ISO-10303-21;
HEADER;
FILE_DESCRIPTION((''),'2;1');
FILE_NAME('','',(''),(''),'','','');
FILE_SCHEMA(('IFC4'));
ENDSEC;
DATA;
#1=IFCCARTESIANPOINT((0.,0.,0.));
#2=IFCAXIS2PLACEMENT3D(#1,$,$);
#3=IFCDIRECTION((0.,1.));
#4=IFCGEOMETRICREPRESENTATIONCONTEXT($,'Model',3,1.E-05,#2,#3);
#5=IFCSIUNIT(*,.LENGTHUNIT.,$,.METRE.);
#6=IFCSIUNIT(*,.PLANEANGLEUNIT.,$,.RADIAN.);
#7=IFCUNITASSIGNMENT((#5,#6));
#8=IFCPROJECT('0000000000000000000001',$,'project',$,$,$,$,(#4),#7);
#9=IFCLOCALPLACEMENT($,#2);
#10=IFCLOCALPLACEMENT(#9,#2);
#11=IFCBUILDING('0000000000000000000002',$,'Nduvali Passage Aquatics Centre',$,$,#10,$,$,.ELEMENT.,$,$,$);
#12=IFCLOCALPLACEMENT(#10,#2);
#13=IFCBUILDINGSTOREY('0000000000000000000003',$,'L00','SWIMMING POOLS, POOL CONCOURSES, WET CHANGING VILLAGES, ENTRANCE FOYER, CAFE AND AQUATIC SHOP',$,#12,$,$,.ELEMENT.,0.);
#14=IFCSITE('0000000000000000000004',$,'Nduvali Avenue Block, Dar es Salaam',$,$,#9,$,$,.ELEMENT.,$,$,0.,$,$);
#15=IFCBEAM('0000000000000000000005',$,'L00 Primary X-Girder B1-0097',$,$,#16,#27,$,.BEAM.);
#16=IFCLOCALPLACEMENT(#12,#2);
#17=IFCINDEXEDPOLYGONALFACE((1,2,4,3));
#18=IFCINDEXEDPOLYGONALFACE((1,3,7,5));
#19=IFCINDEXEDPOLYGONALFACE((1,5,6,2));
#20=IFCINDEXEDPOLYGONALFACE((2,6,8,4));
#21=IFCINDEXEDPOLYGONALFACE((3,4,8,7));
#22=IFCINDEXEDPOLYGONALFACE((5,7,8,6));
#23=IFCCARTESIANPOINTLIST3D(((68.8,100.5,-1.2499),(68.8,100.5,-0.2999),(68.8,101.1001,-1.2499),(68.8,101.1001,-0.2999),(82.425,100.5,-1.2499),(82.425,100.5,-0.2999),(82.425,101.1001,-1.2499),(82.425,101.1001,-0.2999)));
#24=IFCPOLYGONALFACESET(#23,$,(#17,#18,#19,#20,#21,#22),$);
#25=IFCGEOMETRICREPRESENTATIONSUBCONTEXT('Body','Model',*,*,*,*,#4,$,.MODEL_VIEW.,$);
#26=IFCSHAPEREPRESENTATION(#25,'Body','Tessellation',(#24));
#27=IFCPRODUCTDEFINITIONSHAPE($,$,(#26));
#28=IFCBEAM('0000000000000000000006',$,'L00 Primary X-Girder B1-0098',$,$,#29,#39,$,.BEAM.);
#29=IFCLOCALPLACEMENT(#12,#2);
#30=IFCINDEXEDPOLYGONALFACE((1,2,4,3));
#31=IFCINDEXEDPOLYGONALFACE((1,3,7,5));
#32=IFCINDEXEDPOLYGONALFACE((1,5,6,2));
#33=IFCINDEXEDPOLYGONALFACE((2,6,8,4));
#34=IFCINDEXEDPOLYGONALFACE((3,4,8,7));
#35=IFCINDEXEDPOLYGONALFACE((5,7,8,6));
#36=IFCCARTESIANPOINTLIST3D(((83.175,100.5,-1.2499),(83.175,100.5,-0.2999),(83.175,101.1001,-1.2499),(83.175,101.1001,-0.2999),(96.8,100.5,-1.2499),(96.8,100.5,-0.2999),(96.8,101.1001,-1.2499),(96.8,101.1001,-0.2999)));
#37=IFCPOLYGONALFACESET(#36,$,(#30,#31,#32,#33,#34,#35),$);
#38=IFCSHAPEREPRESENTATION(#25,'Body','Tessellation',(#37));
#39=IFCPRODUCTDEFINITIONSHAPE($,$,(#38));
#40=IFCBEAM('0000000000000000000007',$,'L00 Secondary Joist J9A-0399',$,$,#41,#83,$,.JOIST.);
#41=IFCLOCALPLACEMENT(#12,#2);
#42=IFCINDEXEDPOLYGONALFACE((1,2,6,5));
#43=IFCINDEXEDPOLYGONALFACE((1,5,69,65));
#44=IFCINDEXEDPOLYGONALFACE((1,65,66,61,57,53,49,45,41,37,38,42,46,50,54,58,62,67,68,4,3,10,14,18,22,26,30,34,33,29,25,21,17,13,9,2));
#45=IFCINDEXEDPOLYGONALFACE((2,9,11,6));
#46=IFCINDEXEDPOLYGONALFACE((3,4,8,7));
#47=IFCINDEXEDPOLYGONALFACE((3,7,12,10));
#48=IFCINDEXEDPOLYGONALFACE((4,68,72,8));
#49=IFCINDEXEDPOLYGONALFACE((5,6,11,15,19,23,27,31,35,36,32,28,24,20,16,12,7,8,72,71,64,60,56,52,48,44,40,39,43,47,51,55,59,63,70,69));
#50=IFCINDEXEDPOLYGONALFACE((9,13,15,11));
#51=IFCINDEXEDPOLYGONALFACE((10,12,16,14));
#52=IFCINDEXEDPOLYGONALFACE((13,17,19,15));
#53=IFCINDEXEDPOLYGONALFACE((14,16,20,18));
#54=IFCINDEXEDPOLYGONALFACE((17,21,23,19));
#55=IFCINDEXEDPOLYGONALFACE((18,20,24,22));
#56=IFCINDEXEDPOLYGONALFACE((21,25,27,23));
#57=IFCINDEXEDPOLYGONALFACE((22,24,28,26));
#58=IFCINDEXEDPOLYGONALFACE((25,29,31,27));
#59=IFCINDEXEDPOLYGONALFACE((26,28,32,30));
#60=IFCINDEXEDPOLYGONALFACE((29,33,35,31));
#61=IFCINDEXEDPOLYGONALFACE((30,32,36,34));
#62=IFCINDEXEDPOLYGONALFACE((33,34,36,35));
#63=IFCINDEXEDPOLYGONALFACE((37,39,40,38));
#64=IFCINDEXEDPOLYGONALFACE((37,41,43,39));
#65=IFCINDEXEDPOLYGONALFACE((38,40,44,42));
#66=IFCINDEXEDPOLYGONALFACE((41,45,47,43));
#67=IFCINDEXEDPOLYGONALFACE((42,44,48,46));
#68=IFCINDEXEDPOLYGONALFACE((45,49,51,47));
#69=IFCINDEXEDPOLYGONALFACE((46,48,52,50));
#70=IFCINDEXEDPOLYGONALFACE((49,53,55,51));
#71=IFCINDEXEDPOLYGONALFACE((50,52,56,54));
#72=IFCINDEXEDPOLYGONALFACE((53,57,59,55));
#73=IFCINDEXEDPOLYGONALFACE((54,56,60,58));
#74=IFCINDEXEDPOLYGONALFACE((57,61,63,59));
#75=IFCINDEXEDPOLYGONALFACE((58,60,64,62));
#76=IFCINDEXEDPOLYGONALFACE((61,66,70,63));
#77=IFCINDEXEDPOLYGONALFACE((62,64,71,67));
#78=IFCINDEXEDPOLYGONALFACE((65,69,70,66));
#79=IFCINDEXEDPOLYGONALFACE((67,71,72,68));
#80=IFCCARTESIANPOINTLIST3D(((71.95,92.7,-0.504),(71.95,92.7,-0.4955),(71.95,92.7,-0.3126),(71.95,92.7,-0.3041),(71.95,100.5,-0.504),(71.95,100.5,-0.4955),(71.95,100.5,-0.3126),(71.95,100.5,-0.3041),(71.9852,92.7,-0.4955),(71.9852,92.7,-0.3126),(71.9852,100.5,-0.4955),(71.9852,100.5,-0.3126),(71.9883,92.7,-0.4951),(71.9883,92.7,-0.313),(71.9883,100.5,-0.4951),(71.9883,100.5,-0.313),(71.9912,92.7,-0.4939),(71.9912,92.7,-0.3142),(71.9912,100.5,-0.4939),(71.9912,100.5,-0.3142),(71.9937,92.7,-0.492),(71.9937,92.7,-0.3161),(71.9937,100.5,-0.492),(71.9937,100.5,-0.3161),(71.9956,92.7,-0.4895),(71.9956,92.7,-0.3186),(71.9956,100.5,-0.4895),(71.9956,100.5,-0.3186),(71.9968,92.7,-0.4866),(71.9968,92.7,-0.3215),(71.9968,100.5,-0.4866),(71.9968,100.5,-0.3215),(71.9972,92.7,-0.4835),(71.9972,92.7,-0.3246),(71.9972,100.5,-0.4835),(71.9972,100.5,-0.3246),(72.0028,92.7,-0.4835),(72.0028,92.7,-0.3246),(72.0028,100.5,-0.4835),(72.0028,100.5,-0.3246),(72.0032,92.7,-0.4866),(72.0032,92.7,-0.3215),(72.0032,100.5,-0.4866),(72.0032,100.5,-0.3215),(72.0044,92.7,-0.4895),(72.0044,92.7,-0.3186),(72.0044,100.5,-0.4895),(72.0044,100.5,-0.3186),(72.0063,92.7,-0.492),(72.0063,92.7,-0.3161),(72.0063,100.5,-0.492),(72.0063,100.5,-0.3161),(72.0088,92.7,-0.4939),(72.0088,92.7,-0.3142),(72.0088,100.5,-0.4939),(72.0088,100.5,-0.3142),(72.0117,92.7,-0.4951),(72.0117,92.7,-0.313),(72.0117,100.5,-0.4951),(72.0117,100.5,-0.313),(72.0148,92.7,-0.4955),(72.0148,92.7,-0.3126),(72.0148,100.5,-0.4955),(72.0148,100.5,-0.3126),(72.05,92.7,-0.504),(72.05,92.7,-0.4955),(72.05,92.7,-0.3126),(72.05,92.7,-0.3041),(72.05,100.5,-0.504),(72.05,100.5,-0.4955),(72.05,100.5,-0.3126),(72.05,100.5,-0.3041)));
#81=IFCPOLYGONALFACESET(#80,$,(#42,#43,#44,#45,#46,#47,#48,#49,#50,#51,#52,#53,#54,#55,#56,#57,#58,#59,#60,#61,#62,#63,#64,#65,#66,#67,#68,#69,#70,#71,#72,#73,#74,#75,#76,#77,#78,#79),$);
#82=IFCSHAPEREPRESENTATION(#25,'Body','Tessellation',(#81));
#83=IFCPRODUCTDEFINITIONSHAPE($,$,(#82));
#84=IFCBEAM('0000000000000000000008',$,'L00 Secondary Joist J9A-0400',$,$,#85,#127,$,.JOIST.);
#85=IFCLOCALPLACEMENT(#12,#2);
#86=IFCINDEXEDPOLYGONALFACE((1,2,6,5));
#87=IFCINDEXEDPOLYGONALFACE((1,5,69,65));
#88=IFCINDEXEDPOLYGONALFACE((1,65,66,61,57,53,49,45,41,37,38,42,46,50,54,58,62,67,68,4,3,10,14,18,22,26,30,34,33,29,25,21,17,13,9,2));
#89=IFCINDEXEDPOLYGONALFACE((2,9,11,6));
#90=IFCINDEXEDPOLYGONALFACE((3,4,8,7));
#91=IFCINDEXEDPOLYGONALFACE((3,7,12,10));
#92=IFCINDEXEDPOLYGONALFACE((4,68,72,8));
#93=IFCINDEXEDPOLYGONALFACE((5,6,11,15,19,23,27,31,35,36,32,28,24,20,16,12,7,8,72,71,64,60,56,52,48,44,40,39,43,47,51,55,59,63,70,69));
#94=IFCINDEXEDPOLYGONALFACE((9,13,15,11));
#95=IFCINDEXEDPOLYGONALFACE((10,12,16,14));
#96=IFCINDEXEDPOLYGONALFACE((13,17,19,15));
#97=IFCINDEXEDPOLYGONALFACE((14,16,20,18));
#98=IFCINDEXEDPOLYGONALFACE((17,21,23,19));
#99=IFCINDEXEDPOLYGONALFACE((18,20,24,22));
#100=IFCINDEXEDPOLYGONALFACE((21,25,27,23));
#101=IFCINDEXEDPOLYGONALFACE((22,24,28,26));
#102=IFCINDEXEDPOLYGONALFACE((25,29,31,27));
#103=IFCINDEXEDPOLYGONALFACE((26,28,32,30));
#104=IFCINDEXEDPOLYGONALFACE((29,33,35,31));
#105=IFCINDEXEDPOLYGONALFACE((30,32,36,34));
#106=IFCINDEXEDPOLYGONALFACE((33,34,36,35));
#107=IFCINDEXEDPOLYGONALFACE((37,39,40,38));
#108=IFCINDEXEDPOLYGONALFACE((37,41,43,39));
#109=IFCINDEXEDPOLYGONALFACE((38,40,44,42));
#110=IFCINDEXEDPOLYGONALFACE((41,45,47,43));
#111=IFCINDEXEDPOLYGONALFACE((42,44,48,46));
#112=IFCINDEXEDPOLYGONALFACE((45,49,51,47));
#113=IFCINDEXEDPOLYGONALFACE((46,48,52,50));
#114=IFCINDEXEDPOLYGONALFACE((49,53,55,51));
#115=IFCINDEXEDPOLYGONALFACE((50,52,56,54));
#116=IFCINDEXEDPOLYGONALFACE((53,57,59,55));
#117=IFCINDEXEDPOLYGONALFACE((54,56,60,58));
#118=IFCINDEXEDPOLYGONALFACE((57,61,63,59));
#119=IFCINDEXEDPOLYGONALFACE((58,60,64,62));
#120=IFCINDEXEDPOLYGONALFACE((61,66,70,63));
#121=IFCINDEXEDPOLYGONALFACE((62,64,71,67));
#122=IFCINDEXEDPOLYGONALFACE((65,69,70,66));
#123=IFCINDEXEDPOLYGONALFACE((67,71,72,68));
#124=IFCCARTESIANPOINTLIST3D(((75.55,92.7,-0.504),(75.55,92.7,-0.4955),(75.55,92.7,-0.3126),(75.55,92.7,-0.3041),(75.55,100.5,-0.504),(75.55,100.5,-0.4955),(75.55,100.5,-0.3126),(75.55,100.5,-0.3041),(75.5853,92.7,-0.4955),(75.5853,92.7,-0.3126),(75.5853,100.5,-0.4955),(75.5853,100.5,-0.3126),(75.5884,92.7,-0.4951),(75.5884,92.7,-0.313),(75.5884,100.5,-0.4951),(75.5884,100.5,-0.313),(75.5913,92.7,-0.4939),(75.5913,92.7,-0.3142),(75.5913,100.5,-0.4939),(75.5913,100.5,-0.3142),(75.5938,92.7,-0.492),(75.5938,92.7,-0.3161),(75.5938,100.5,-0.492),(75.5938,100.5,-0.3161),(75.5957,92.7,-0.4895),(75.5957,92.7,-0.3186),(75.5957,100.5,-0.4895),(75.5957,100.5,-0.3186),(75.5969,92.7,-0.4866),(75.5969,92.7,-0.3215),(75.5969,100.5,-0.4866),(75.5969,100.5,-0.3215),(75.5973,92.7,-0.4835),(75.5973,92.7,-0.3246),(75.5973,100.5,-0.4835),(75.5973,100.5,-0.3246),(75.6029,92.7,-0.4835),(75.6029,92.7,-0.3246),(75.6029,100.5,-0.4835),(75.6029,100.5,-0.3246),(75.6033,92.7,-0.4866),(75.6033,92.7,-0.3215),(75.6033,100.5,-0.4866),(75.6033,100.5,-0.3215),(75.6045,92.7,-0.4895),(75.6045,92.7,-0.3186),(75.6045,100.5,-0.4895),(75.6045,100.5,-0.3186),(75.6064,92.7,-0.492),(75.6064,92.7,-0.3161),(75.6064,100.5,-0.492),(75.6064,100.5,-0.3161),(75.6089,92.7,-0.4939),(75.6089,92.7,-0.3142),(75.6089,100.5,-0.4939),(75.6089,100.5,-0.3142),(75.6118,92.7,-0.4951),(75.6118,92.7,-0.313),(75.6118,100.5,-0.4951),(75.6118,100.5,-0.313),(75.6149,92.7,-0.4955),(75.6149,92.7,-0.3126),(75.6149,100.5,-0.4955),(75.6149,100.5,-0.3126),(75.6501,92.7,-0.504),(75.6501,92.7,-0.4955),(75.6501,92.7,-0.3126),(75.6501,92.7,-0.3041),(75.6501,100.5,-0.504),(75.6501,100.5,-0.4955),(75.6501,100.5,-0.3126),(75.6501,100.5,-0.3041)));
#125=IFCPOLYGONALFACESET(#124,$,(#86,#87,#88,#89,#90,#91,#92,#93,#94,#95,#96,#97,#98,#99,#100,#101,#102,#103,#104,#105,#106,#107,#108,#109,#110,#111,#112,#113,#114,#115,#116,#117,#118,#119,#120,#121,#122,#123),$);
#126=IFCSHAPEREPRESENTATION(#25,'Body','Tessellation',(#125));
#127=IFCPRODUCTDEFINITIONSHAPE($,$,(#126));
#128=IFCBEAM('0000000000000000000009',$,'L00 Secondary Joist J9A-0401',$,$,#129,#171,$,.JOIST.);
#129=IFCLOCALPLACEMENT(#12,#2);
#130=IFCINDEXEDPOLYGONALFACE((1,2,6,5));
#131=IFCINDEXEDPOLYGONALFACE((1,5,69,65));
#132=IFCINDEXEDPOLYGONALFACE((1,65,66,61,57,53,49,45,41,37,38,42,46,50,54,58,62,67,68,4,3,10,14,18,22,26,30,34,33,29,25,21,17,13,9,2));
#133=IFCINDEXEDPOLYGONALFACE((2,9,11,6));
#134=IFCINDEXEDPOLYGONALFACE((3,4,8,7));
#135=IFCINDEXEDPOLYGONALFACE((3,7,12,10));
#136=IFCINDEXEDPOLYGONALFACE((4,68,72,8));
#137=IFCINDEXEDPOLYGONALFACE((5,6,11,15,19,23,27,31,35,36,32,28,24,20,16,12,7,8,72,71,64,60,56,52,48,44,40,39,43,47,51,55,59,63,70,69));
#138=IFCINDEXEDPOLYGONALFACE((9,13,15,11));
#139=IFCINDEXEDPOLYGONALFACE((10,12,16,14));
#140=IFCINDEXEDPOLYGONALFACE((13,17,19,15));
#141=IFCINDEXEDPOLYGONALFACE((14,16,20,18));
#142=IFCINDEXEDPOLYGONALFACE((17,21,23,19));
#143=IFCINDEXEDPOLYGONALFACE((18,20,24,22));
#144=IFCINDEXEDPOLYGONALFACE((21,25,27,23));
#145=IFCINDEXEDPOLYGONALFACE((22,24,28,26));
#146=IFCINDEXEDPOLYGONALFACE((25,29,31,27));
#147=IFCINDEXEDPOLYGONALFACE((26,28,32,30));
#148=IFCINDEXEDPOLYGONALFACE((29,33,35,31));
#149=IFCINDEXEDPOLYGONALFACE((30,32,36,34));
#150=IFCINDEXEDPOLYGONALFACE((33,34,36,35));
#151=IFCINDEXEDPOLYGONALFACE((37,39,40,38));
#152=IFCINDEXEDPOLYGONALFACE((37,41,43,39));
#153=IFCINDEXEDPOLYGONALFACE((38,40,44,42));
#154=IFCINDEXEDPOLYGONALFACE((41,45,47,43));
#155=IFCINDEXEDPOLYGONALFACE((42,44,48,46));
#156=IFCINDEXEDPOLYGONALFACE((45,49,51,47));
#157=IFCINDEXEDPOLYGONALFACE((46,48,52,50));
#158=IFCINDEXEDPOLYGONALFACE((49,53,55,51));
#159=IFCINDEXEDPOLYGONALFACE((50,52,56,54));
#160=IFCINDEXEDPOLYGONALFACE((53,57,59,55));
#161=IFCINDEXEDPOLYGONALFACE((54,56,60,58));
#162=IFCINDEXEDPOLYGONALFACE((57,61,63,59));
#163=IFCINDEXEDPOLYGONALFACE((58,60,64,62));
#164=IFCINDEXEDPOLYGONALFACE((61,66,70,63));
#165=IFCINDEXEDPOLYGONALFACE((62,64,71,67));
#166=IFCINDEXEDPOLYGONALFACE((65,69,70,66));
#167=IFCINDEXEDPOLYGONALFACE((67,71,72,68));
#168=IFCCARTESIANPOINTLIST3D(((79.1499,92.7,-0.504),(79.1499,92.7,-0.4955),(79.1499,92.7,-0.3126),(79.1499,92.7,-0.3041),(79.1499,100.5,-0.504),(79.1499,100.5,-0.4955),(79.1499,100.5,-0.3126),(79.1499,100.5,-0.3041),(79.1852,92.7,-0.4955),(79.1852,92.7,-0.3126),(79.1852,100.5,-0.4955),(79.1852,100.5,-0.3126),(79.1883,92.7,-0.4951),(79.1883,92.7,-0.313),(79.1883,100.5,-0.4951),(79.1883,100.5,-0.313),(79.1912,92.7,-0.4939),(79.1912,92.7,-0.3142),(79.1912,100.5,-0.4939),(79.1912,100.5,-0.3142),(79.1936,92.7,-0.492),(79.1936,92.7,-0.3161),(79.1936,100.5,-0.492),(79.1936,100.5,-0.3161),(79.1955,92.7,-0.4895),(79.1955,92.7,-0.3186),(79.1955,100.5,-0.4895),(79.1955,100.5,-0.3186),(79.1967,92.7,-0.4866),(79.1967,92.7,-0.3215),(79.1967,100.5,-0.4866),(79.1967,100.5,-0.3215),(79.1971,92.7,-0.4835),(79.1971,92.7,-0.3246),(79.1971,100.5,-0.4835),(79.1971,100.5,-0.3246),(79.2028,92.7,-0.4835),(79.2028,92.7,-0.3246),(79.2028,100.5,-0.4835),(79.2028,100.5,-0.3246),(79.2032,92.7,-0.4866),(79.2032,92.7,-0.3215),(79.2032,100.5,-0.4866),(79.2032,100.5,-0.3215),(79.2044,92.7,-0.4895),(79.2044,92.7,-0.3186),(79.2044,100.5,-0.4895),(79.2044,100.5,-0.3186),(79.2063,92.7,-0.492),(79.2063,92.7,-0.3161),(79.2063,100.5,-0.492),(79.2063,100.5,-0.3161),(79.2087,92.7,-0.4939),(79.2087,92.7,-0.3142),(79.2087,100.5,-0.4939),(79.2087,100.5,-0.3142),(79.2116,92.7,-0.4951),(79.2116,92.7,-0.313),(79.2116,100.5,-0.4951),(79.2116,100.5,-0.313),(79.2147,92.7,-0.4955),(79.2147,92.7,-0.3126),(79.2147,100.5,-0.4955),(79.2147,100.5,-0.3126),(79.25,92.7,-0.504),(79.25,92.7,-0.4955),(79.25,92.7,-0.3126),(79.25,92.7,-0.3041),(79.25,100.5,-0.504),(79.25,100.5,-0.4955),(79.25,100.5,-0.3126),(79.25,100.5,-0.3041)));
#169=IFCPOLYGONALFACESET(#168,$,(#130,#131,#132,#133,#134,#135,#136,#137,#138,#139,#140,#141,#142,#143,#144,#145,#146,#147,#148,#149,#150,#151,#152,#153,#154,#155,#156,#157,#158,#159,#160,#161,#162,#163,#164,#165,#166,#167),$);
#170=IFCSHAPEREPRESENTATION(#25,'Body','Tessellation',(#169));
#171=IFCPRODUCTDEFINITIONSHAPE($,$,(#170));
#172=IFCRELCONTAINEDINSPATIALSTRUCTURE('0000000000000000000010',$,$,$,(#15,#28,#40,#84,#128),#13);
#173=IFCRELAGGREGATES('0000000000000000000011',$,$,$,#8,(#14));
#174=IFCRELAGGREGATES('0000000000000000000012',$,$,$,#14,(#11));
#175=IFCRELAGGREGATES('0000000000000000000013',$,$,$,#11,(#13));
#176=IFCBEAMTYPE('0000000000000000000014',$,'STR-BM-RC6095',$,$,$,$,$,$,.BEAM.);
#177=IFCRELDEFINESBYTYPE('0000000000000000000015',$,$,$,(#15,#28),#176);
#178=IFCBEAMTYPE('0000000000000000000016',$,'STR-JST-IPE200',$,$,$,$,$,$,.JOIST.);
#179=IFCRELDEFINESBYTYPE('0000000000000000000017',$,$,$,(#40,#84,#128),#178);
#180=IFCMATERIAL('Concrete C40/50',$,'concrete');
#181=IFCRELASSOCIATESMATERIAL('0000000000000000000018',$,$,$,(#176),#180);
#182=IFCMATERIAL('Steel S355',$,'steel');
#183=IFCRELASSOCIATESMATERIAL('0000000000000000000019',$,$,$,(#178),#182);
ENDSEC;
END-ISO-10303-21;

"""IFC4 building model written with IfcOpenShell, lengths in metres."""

from ifc_helpers import new_model, si_unit, direction, frame, origin, origin_2d, place, context, subcontext, project, spatial, rectangle, i_section, extrude, material, material_profile, profile_set, type_object, element, save


model = new_model("IFC4")

# Units and contexts
model_context = context("Model", 3, precision=1e-05, world=origin(), true_north=direction((0.0, 1.0)))
body_context = subcontext(model_context, "Body", "Model", "MODEL_VIEW")
ifc_project = project(units=[si_unit("LENGTHUNIT", "METRE"), si_unit("PLANEANGLEUNIT", "RADIAN")], contexts=[model_context])

# Site, building, storey
site_placement = place(None, origin())
site = spatial("IfcSite", under=ifc_project, at=site_placement, Name="Nduvali Avenue Block, Dar es Salaam", CompositionType="ELEMENT", RefElevation=0.0)
building_placement = place(site_placement, origin())
building = spatial("IfcBuilding", under=site, at=building_placement, Name="Nduvali Passage Aquatics Centre", CompositionType="ELEMENT")
storey_placement = place(building_placement, origin())
storey = spatial("IfcBuildingStorey", under=building, at=storey_placement, Name="L00", Description="SWIMMING POOLS, POOL CONCOURSES, WET CHANGING VILLAGES, ENTRANCE FOYER, CAFE AND AQUATIC SHOP", CompositionType="ELEMENT", Elevation=0.0)

# Shared definitions
ifc_material_1 = material(Name="Concrete C40/50", Category="concrete")

# Beams
ifc_material_profile_1 = material_profile(ifc_material_1, rectangle(XDim=0.6001, YDim=0.95, at=origin_2d()), Name="RC 600x950")
ifc_profile_set_1 = profile_set([ifc_material_profile_1], Name="Concrete C40/50")
beam_type_1 = type_object("IfcBeamType", Name="STR-BM-RC6095", PredefinedType="BEAM", material=ifc_profile_set_1)
for number, where, z_axis, x_axis, name in (
    (1, (68.8, 100.8, -0.7749), (1.0, 0.0, 0.0), (0.0, 1.0, 0.0), "L00 Primary X-Girder B1-0097"),
    (2, (83.175, 100.8, -0.7749), (1.0, 0.0, 0.0), (0.0, 1.0, 0.0), "L00 Primary X-Girder B1-0098"),
):
    element("IfcBeam", number, at=place(storey_placement, frame(where, z_axis=z_axis, x_axis=x_axis)), inside=storey, type_object=beam_type_1, Name=name, PredefinedType="BEAM", context=body_context, shape_type="SweptSolid", body=[
        extrude(rectangle(XDim=0.6001, YDim=0.95, at=origin_2d()), origin(), (0.0, 0.0, 1.0), 13.625),
    ])
ifc_material_2 = material(Name="Steel S355", Category="steel")
ifc_material_profile_2 = material_profile(ifc_material_2, i_section(OverallWidth=0.1001, OverallDepth=0.2, WebThickness=0.0056, FlangeThickness=0.0085, FilletRadius=0.012, at=origin_2d()), Name="IPE 200")
ifc_profile_set_2 = profile_set([ifc_material_profile_2], Name="Steel S355")
beam_type_2 = type_object("IfcBeamType", Name="STR-JST-IPE200", PredefinedType="JOIST", material=ifc_profile_set_2)
for number, where, z_axis, x_axis, name in (
    (3, (72.0, 92.7, -0.4041), (0.0, 1.0, 0.0), (-1.0, 0.0, 0.0), "L00 Secondary Joist J9A-0399"),
    (4, (75.6001, 92.7, -0.4041), (0.0, 1.0, 0.0), (-1.0, 0.0, 0.0), "L00 Secondary Joist J9A-0400"),
    (5, (79.2, 92.7, -0.4041), (0.0, 1.0, 0.0), (-1.0, 0.0, 0.0), "L00 Secondary Joist J9A-0401"),
):
    element("IfcBeam", number, at=place(storey_placement, frame(where, z_axis=z_axis, x_axis=x_axis)), inside=storey, type_object=beam_type_2, Name=name, PredefinedType="JOIST", context=body_context, shape_type="SweptSolid", body=[
        extrude(i_section(OverallWidth=0.1001, OverallDepth=0.2, WebThickness=0.0056, FlangeThickness=0.0085, FilletRadius=0.012, at=origin_2d()), origin(), (0.0, 0.0, 1.0), 7.8),
    ])

save(model, "model.ifc")
